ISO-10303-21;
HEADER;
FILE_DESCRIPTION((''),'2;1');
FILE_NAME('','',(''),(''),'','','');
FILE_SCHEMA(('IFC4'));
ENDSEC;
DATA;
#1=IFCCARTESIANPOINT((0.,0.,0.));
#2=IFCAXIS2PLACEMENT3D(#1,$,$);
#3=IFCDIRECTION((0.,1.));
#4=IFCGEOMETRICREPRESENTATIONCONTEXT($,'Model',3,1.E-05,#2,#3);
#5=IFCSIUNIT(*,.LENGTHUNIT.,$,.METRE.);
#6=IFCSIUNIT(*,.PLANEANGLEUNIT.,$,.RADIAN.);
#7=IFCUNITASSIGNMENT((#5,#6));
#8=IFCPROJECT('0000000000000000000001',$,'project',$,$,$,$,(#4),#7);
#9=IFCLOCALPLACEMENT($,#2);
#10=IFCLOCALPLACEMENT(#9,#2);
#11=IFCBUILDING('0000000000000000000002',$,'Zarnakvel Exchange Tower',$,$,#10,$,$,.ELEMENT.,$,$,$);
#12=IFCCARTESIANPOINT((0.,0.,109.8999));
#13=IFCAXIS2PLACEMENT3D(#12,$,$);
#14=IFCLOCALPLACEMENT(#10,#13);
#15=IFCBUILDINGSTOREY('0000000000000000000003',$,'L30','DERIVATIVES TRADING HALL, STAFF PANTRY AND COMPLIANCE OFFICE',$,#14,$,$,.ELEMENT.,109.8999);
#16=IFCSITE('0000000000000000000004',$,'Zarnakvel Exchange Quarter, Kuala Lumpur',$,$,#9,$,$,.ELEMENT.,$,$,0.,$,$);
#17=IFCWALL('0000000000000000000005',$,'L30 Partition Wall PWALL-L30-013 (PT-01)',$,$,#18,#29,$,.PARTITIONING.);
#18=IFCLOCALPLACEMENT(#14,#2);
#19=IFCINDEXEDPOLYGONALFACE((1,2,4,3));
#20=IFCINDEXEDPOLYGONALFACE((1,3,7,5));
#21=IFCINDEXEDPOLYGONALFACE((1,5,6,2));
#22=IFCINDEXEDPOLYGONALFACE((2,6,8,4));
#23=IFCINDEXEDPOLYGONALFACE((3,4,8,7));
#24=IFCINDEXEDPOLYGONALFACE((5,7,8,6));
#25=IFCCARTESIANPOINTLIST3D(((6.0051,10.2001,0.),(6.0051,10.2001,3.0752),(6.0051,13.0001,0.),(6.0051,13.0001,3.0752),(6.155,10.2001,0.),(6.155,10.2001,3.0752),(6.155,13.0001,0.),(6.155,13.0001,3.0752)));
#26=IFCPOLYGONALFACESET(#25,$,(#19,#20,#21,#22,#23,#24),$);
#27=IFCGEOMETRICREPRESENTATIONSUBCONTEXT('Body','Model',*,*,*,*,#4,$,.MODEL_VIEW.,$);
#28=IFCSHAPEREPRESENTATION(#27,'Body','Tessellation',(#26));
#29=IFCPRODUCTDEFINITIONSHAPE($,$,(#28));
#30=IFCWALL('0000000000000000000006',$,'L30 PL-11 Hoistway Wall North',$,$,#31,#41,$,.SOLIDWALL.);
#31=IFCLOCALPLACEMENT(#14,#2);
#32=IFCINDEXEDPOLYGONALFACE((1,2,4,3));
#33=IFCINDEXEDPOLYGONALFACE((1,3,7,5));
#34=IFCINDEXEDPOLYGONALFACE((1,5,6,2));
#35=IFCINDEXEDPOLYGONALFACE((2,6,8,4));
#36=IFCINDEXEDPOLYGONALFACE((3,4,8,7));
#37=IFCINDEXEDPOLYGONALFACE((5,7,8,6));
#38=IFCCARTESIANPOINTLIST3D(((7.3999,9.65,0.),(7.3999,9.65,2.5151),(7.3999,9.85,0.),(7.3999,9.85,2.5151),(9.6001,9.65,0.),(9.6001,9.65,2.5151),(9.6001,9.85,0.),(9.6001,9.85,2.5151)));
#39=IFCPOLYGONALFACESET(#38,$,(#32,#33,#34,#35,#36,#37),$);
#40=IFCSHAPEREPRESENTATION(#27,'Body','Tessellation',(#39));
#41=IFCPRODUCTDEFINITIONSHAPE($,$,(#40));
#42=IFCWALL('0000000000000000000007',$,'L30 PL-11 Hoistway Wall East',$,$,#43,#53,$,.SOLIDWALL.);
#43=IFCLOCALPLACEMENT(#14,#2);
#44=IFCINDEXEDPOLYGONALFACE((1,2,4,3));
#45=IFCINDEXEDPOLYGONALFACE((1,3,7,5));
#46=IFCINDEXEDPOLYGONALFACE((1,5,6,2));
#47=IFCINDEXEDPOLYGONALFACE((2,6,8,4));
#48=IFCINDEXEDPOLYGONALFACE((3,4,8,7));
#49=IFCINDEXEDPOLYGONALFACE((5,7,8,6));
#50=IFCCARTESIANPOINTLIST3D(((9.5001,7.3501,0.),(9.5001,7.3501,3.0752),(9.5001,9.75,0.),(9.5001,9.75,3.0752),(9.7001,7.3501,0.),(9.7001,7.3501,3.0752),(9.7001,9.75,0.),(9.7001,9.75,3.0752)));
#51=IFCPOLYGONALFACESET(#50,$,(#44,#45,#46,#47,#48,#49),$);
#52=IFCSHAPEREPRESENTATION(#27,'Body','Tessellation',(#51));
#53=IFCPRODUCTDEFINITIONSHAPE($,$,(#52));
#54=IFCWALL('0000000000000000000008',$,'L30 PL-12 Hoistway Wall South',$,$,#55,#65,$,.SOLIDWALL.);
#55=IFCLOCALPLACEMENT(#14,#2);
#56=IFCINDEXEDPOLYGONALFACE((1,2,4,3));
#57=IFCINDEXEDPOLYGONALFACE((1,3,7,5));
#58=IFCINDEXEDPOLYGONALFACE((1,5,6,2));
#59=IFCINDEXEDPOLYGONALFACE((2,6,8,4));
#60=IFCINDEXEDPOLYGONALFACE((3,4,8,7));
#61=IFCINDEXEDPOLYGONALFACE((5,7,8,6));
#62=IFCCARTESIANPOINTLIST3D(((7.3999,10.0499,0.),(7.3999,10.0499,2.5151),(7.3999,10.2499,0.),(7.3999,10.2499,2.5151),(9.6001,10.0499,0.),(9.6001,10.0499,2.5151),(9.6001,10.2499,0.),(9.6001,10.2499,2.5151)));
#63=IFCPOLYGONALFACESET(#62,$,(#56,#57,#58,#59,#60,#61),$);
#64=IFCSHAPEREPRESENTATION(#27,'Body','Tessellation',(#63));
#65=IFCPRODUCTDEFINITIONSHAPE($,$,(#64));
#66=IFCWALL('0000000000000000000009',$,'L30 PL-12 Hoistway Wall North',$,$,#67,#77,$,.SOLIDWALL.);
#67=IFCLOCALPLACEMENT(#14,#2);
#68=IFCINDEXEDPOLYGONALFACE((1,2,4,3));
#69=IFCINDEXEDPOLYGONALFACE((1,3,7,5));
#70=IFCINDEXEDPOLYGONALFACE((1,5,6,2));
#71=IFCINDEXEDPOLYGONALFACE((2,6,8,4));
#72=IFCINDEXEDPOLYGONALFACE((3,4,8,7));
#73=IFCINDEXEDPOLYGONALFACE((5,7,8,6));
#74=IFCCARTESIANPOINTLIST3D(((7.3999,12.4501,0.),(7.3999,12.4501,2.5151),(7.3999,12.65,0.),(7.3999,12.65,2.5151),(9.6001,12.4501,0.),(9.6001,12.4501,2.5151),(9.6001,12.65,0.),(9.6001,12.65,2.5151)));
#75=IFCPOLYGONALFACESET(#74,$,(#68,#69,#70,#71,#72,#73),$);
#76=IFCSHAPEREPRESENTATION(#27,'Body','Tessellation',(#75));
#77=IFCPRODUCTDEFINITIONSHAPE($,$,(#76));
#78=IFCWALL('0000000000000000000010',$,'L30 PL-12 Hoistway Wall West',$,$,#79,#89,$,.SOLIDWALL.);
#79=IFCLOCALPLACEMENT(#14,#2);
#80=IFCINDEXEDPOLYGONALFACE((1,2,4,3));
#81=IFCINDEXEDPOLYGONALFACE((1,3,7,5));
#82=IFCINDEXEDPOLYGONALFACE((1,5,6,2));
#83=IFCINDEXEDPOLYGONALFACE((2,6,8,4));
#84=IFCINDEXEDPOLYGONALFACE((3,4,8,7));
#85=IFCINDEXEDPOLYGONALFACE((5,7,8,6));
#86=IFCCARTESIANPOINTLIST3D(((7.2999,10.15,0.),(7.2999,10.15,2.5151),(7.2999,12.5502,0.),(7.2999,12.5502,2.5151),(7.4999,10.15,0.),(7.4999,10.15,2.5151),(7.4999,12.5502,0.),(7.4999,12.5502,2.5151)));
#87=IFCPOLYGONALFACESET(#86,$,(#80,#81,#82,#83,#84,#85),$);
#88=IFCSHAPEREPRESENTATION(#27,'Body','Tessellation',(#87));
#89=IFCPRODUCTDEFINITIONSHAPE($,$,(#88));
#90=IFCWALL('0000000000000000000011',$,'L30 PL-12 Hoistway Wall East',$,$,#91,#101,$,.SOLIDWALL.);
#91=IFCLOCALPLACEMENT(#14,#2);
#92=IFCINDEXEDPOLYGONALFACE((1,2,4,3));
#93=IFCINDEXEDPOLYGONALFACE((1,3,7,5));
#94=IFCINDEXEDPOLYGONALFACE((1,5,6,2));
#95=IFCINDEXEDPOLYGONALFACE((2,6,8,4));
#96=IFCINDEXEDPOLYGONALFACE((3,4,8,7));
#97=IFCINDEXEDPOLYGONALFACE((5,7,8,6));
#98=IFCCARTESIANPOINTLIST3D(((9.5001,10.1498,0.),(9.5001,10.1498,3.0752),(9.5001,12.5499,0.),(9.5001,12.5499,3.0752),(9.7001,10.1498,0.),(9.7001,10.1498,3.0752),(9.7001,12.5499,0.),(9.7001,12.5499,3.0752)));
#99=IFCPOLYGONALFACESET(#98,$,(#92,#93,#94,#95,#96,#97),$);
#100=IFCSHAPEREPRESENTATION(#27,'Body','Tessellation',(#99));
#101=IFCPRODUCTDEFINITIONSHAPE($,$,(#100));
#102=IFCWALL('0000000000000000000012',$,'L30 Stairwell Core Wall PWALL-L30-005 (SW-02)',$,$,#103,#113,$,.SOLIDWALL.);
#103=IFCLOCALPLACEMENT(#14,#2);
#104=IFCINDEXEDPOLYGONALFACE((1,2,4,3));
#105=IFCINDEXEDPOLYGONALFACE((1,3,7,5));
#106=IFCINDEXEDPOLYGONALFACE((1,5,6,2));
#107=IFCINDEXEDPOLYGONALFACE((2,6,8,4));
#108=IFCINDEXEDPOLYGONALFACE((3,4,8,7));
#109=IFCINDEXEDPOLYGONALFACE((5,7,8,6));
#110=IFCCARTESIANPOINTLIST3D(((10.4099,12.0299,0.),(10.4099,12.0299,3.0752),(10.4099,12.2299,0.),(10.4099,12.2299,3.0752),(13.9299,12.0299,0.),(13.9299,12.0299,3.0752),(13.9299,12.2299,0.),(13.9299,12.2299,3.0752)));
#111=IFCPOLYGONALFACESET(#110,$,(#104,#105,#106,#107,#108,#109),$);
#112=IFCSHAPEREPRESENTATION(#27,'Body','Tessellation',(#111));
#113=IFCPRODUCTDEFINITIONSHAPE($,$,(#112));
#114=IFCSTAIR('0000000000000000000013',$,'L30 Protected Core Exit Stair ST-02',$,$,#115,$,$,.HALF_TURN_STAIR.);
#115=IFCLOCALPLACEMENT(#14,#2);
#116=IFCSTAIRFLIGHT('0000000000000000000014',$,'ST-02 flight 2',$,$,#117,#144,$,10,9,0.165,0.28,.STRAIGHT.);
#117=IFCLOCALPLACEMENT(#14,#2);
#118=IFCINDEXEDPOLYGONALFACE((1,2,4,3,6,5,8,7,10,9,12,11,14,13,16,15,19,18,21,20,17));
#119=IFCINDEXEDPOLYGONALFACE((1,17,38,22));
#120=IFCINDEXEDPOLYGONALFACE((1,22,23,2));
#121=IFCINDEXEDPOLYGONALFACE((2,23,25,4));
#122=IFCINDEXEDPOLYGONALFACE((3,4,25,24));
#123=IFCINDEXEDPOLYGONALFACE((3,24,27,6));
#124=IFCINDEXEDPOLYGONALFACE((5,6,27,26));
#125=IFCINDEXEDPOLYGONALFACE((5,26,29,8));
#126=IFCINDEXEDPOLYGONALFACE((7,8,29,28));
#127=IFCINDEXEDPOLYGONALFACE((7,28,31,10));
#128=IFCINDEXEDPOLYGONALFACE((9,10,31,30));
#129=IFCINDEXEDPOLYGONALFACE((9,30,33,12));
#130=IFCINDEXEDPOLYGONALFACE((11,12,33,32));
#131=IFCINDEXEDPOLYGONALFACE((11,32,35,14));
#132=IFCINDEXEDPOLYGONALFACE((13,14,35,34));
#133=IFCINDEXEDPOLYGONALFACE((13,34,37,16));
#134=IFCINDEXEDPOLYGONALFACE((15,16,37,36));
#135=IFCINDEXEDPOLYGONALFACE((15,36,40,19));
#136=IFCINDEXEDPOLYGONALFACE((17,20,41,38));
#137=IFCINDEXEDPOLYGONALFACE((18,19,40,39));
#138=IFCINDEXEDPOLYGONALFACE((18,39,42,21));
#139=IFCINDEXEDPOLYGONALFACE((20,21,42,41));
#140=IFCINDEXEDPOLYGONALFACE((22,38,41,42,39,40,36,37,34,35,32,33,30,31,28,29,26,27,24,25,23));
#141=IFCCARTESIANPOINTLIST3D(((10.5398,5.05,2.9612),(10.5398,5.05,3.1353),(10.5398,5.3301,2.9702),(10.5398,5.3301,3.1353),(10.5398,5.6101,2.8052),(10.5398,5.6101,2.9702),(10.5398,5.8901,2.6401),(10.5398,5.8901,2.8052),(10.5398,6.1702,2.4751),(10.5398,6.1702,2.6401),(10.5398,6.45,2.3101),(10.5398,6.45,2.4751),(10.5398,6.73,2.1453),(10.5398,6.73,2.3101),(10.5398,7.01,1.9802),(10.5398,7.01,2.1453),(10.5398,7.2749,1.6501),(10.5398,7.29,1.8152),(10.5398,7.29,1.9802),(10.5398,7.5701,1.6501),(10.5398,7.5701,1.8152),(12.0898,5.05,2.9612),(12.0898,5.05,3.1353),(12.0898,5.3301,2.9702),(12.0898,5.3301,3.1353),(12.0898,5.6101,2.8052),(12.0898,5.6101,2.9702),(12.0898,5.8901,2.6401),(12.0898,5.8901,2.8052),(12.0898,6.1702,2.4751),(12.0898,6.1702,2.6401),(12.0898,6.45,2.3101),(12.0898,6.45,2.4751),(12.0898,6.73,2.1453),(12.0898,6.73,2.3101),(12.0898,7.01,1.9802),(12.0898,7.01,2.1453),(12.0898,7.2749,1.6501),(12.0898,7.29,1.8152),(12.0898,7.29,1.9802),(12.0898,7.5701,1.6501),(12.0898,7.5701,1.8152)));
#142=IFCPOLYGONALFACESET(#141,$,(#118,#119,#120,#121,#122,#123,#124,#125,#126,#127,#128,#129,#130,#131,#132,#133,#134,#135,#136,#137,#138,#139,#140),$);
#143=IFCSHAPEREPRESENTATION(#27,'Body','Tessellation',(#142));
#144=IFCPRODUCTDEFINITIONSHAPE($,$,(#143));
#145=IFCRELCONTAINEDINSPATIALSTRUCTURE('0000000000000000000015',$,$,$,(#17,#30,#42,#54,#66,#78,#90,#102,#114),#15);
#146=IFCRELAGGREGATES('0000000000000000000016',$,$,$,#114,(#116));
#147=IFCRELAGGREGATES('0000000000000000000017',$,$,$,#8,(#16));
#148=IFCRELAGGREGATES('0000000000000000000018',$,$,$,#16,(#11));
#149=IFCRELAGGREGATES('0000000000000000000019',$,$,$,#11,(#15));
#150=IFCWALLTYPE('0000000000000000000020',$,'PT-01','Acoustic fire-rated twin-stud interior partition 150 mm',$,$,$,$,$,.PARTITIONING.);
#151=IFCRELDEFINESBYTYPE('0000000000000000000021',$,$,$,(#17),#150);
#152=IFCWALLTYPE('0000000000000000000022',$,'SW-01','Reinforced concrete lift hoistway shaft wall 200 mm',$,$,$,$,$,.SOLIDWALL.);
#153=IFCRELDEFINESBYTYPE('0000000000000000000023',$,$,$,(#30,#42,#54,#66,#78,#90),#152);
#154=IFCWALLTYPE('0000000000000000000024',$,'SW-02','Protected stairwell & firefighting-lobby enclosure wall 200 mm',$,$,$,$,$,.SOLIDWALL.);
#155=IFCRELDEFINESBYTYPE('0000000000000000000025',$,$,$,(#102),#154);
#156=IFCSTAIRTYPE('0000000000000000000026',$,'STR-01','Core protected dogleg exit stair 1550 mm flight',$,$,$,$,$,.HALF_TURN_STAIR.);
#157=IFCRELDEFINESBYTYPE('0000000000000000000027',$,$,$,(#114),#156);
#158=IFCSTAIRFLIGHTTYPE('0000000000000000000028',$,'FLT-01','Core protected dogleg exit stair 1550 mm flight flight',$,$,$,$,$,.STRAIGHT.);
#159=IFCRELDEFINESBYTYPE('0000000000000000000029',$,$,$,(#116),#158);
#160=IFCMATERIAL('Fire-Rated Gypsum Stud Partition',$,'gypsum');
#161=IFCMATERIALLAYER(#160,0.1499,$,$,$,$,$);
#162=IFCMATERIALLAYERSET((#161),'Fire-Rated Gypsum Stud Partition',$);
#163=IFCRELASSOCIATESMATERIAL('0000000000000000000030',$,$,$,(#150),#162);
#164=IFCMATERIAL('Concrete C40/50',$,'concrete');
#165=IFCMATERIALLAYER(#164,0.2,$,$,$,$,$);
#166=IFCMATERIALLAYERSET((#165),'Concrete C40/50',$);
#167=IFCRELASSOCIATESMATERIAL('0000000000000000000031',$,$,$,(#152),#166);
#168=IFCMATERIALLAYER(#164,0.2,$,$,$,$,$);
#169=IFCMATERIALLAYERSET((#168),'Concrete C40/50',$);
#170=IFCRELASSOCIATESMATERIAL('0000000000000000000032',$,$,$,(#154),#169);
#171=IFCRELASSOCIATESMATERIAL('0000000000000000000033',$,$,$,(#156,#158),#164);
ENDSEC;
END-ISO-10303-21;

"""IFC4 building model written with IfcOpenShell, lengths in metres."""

from ifc_helpers import new_model, si_unit, direction, frame, frame_2d, origin, place, context, subcontext, project, spatial, polyline, rectangle, outline, extrude, material, layer, layer_set, type_object, element, aggregate, save


model = new_model("IFC4")

# Units and contexts
model_context = context("Model", 3, precision=1e-05, world=origin(), true_north=direction((0.0, 1.0)))
body_context = subcontext(model_context, "Body", "Model", "MODEL_VIEW")
ifc_project = project(units=[si_unit("LENGTHUNIT", "METRE"), si_unit("PLANEANGLEUNIT", "RADIAN")], contexts=[model_context])

# Site, building, storey
site_placement = place(None, origin())
site = spatial("IfcSite", under=ifc_project, at=site_placement, Name="Zarnakvel Exchange Quarter, Kuala Lumpur", CompositionType="ELEMENT", RefElevation=0.0)
building_placement = place(site_placement, origin())
building = spatial("IfcBuilding", under=site, at=building_placement, Name="Zarnakvel Exchange Tower", CompositionType="ELEMENT")
storey_placement = place(building_placement, frame((0.0, 0.0, 109.8999)))
storey = spatial("IfcBuildingStorey", under=building, at=storey_placement, Name="L30", Description="DERIVATIVES TRADING HALL, STAFF PANTRY AND COMPLIANCE OFFICE", CompositionType="ELEMENT", Elevation=109.8999)

# Shared definitions
ifc_material_1 = material(Name="Fire-Rated Gypsum Stud Partition", Category="gypsum")
ifc_layer_1 = layer(ifc_material_1, 0.1499)
ifc_layer_set_1 = layer_set([ifc_layer_1], Name="Fire-Rated Gypsum Stud Partition")
wall_type_1 = type_object("IfcWallType", Name="PT-01", Description="Acoustic fire-rated twin-stud interior partition 150 mm", PredefinedType="PARTITIONING", material=ifc_layer_set_1)

# Walls
wall_1_placement = place(storey_placement, frame((6.0801, 13.0, 0.0), z_axis=(0.0, 0.0, 1.0), x_axis=(0.0, -1.0, 0.0)))
element("IfcWall", 1, at=wall_1_placement, inside=storey, type_object=wall_type_1, Name="L30 Partition Wall PWALL-L30-013 (PT-01)", PredefinedType="PARTITIONING", context=body_context, shape_type="SweptSolid", body=[
    extrude(rectangle(XDim=2.8, YDim=0.1499, at=frame_2d((1.3999, 0.0))), origin(), (0.0, 0.0, 1.0), 3.0752),
])
ifc_material_2 = material(Name="Concrete C40/50", Category="concrete")
ifc_layer_2 = layer(ifc_material_2, 0.2)
ifc_layer_set_2 = layer_set([ifc_layer_2], Name="Concrete C40/50")
wall_type_2 = type_object("IfcWallType", Name="SW-01", Description="Reinforced concrete lift hoistway shaft wall 200 mm", PredefinedType="SOLIDWALL", material=ifc_layer_set_2)
wall_2_placement = place(storey_placement, frame((7.3999, 9.75, 0.0), z_axis=(0.0, 0.0, 1.0), x_axis=(1.0, 0.0, 0.0)))
element("IfcWall", 2, at=wall_2_placement, inside=storey, type_object=wall_type_2, Name="L30 PL-11 Hoistway Wall North", PredefinedType="SOLIDWALL", context=body_context, shape_type="SweptSolid", body=[
    extrude(rectangle(XDim=2.2002, YDim=0.2, at=frame_2d((1.1001, 0.0))), origin(), (0.0, 0.0, 1.0), 2.5151),
])
wall_3_placement = place(storey_placement, frame((9.6001, 9.75, 0.0), z_axis=(0.0, 0.0, 1.0), x_axis=(0.0, -1.0, 0.0)))
element("IfcWall", 3, at=wall_3_placement, inside=storey, type_object=wall_type_2, Name="L30 PL-11 Hoistway Wall East", PredefinedType="SOLIDWALL", context=body_context, shape_type="SweptSolid", body=[
    extrude(rectangle(XDim=2.3999, YDim=0.2, at=frame_2d((1.2, 0.0))), origin(), (0.0, 0.0, 1.0), 3.0752),
])
for number, where, z_axis, x_axis, name in (
    (4, (9.6001, 10.1499, 0.0), (0.0, 0.0, 1.0), (-1.0, 0.0, 0.0), "L30 PL-12 Hoistway Wall South"),
    (5, (7.3999, 12.55, 0.0), (0.0, 0.0, 1.0), (1.0, 0.0, 0.0), "L30 PL-12 Hoistway Wall North"),
):
    element("IfcWall", number, at=place(storey_placement, frame(where, z_axis=z_axis, x_axis=x_axis)), inside=storey, type_object=wall_type_2, Name=name, PredefinedType="SOLIDWALL", context=body_context, shape_type="SweptSolid", body=[
        extrude(rectangle(XDim=2.2002, YDim=0.2, at=frame_2d((1.1001, 0.0))), origin(), (0.0, 0.0, 1.0), 2.5151),
    ])
wall_4_placement = place(storey_placement, frame((7.3999, 10.1499, 0.0), z_axis=(0.0, 0.0, 1.0), x_axis=(0.0, 1.0, 0.0)))
element("IfcWall", 6, at=wall_4_placement, inside=storey, type_object=wall_type_2, Name="L30 PL-12 Hoistway Wall West", PredefinedType="SOLIDWALL", context=body_context, shape_type="SweptSolid", body=[
    extrude(rectangle(XDim=2.4001, YDim=0.2, at=frame_2d((1.2002, 0.0))), origin(), (0.0, 0.0, 1.0), 2.5151),
])
wall_5_placement = place(storey_placement, frame((9.6001, 12.55, 0.0), z_axis=(0.0, 0.0, 1.0), x_axis=(0.0, -1.0, 0.0)))
element("IfcWall", 7, at=wall_5_placement, inside=storey, type_object=wall_type_2, Name="L30 PL-12 Hoistway Wall East", PredefinedType="SOLIDWALL", context=body_context, shape_type="SweptSolid", body=[
    extrude(rectangle(XDim=2.4001, YDim=0.2, at=frame_2d((1.2002, 0.0))), origin(), (0.0, 0.0, 1.0), 3.0752),
])
ifc_layer_3 = layer(ifc_material_2, 0.2)
ifc_layer_set_3 = layer_set([ifc_layer_3], Name="Concrete C40/50")
wall_type_3 = type_object("IfcWallType", Name="SW-02", Description="Protected stairwell & firefighting-lobby enclosure wall 200 mm", PredefinedType="SOLIDWALL", material=ifc_layer_set_3)
wall_6_placement = place(storey_placement, frame((10.4099, 12.1299, 0.0), z_axis=(0.0, 0.0, 1.0), x_axis=(1.0, 0.0, 0.0)))
element("IfcWall", 8, at=wall_6_placement, inside=storey, type_object=wall_type_3, Name="L30 Stairwell Core Wall PWALL-L30-005 (SW-02)", PredefinedType="SOLIDWALL", context=body_context, shape_type="SweptSolid", body=[
    extrude(rectangle(XDim=3.52, YDim=0.2, at=frame_2d((1.76, 0.0))), origin(), (0.0, 0.0, 1.0), 3.0752),
])

# Stair, stair flight
stair_type = type_object("IfcStairType", Name="STR-01", Description="Core protected dogleg exit stair 1550 mm flight", PredefinedType="HALF_TURN_STAIR", material=ifc_material_2)
stair_placement = place(storey_placement, origin())
stair = element("IfcStair", 9, at=stair_placement, inside=storey, type_object=stair_type, Name="L30 Protected Core Exit Stair ST-02", PredefinedType="HALF_TURN_STAIR")
stair_flight_type = type_object("IfcStairFlightType", Name="FLT-01", Description="Core protected dogleg exit stair 1550 mm flight flight", PredefinedType="STRAIGHT", material=ifc_material_2)
stair_flight_placement = place(storey_placement, frame((11.3149, 7.5701, 1.6501), z_axis=(0.0, 0.0, 1.0), x_axis=(0.0, -1.0, 0.0)))
stair_flight = element("IfcStairFlight", 10, at=stair_flight_placement, type_object=stair_flight_type, Name="ST-02 flight 2", NumberOfRisers=10, NumberOfTreads=9, PredefinedType="STRAIGHT", RiserHeight=0.165, TreadLength=0.28, context=body_context, shape_type="SweptSolid", body=[
    extrude(outline(polyline([(0.0, 0.0), (0.0, 0.165), (0.28, 0.165), (0.28, 0.3301), (0.5601, 0.3301), (0.5601, 0.4951), (0.8401, 0.4951), (0.8401, 0.6599), (1.1201, 0.6599), (1.1201, 0.825), (1.3999, 0.825), (1.3999, 0.99), (1.6799, 0.99), (1.6799, 1.155), (1.96, 1.155), (1.96, 1.3201), (2.24, 1.3201), (2.24, 1.4851), (2.52, 1.4851), (2.52, 1.6499), (2.52, 1.311), (0.2952, 0.0), (0.0, 0.0)])), frame((0.0, 0.7749, 0.0), z_axis=(0.0, -1.0, 0.0), x_axis=(1.0, 0.0, 0.0)), (0.0, 0.0, 1.0), 1.55),
])
aggregate(stair, [stair_flight])

save(model, "model.ifc")
